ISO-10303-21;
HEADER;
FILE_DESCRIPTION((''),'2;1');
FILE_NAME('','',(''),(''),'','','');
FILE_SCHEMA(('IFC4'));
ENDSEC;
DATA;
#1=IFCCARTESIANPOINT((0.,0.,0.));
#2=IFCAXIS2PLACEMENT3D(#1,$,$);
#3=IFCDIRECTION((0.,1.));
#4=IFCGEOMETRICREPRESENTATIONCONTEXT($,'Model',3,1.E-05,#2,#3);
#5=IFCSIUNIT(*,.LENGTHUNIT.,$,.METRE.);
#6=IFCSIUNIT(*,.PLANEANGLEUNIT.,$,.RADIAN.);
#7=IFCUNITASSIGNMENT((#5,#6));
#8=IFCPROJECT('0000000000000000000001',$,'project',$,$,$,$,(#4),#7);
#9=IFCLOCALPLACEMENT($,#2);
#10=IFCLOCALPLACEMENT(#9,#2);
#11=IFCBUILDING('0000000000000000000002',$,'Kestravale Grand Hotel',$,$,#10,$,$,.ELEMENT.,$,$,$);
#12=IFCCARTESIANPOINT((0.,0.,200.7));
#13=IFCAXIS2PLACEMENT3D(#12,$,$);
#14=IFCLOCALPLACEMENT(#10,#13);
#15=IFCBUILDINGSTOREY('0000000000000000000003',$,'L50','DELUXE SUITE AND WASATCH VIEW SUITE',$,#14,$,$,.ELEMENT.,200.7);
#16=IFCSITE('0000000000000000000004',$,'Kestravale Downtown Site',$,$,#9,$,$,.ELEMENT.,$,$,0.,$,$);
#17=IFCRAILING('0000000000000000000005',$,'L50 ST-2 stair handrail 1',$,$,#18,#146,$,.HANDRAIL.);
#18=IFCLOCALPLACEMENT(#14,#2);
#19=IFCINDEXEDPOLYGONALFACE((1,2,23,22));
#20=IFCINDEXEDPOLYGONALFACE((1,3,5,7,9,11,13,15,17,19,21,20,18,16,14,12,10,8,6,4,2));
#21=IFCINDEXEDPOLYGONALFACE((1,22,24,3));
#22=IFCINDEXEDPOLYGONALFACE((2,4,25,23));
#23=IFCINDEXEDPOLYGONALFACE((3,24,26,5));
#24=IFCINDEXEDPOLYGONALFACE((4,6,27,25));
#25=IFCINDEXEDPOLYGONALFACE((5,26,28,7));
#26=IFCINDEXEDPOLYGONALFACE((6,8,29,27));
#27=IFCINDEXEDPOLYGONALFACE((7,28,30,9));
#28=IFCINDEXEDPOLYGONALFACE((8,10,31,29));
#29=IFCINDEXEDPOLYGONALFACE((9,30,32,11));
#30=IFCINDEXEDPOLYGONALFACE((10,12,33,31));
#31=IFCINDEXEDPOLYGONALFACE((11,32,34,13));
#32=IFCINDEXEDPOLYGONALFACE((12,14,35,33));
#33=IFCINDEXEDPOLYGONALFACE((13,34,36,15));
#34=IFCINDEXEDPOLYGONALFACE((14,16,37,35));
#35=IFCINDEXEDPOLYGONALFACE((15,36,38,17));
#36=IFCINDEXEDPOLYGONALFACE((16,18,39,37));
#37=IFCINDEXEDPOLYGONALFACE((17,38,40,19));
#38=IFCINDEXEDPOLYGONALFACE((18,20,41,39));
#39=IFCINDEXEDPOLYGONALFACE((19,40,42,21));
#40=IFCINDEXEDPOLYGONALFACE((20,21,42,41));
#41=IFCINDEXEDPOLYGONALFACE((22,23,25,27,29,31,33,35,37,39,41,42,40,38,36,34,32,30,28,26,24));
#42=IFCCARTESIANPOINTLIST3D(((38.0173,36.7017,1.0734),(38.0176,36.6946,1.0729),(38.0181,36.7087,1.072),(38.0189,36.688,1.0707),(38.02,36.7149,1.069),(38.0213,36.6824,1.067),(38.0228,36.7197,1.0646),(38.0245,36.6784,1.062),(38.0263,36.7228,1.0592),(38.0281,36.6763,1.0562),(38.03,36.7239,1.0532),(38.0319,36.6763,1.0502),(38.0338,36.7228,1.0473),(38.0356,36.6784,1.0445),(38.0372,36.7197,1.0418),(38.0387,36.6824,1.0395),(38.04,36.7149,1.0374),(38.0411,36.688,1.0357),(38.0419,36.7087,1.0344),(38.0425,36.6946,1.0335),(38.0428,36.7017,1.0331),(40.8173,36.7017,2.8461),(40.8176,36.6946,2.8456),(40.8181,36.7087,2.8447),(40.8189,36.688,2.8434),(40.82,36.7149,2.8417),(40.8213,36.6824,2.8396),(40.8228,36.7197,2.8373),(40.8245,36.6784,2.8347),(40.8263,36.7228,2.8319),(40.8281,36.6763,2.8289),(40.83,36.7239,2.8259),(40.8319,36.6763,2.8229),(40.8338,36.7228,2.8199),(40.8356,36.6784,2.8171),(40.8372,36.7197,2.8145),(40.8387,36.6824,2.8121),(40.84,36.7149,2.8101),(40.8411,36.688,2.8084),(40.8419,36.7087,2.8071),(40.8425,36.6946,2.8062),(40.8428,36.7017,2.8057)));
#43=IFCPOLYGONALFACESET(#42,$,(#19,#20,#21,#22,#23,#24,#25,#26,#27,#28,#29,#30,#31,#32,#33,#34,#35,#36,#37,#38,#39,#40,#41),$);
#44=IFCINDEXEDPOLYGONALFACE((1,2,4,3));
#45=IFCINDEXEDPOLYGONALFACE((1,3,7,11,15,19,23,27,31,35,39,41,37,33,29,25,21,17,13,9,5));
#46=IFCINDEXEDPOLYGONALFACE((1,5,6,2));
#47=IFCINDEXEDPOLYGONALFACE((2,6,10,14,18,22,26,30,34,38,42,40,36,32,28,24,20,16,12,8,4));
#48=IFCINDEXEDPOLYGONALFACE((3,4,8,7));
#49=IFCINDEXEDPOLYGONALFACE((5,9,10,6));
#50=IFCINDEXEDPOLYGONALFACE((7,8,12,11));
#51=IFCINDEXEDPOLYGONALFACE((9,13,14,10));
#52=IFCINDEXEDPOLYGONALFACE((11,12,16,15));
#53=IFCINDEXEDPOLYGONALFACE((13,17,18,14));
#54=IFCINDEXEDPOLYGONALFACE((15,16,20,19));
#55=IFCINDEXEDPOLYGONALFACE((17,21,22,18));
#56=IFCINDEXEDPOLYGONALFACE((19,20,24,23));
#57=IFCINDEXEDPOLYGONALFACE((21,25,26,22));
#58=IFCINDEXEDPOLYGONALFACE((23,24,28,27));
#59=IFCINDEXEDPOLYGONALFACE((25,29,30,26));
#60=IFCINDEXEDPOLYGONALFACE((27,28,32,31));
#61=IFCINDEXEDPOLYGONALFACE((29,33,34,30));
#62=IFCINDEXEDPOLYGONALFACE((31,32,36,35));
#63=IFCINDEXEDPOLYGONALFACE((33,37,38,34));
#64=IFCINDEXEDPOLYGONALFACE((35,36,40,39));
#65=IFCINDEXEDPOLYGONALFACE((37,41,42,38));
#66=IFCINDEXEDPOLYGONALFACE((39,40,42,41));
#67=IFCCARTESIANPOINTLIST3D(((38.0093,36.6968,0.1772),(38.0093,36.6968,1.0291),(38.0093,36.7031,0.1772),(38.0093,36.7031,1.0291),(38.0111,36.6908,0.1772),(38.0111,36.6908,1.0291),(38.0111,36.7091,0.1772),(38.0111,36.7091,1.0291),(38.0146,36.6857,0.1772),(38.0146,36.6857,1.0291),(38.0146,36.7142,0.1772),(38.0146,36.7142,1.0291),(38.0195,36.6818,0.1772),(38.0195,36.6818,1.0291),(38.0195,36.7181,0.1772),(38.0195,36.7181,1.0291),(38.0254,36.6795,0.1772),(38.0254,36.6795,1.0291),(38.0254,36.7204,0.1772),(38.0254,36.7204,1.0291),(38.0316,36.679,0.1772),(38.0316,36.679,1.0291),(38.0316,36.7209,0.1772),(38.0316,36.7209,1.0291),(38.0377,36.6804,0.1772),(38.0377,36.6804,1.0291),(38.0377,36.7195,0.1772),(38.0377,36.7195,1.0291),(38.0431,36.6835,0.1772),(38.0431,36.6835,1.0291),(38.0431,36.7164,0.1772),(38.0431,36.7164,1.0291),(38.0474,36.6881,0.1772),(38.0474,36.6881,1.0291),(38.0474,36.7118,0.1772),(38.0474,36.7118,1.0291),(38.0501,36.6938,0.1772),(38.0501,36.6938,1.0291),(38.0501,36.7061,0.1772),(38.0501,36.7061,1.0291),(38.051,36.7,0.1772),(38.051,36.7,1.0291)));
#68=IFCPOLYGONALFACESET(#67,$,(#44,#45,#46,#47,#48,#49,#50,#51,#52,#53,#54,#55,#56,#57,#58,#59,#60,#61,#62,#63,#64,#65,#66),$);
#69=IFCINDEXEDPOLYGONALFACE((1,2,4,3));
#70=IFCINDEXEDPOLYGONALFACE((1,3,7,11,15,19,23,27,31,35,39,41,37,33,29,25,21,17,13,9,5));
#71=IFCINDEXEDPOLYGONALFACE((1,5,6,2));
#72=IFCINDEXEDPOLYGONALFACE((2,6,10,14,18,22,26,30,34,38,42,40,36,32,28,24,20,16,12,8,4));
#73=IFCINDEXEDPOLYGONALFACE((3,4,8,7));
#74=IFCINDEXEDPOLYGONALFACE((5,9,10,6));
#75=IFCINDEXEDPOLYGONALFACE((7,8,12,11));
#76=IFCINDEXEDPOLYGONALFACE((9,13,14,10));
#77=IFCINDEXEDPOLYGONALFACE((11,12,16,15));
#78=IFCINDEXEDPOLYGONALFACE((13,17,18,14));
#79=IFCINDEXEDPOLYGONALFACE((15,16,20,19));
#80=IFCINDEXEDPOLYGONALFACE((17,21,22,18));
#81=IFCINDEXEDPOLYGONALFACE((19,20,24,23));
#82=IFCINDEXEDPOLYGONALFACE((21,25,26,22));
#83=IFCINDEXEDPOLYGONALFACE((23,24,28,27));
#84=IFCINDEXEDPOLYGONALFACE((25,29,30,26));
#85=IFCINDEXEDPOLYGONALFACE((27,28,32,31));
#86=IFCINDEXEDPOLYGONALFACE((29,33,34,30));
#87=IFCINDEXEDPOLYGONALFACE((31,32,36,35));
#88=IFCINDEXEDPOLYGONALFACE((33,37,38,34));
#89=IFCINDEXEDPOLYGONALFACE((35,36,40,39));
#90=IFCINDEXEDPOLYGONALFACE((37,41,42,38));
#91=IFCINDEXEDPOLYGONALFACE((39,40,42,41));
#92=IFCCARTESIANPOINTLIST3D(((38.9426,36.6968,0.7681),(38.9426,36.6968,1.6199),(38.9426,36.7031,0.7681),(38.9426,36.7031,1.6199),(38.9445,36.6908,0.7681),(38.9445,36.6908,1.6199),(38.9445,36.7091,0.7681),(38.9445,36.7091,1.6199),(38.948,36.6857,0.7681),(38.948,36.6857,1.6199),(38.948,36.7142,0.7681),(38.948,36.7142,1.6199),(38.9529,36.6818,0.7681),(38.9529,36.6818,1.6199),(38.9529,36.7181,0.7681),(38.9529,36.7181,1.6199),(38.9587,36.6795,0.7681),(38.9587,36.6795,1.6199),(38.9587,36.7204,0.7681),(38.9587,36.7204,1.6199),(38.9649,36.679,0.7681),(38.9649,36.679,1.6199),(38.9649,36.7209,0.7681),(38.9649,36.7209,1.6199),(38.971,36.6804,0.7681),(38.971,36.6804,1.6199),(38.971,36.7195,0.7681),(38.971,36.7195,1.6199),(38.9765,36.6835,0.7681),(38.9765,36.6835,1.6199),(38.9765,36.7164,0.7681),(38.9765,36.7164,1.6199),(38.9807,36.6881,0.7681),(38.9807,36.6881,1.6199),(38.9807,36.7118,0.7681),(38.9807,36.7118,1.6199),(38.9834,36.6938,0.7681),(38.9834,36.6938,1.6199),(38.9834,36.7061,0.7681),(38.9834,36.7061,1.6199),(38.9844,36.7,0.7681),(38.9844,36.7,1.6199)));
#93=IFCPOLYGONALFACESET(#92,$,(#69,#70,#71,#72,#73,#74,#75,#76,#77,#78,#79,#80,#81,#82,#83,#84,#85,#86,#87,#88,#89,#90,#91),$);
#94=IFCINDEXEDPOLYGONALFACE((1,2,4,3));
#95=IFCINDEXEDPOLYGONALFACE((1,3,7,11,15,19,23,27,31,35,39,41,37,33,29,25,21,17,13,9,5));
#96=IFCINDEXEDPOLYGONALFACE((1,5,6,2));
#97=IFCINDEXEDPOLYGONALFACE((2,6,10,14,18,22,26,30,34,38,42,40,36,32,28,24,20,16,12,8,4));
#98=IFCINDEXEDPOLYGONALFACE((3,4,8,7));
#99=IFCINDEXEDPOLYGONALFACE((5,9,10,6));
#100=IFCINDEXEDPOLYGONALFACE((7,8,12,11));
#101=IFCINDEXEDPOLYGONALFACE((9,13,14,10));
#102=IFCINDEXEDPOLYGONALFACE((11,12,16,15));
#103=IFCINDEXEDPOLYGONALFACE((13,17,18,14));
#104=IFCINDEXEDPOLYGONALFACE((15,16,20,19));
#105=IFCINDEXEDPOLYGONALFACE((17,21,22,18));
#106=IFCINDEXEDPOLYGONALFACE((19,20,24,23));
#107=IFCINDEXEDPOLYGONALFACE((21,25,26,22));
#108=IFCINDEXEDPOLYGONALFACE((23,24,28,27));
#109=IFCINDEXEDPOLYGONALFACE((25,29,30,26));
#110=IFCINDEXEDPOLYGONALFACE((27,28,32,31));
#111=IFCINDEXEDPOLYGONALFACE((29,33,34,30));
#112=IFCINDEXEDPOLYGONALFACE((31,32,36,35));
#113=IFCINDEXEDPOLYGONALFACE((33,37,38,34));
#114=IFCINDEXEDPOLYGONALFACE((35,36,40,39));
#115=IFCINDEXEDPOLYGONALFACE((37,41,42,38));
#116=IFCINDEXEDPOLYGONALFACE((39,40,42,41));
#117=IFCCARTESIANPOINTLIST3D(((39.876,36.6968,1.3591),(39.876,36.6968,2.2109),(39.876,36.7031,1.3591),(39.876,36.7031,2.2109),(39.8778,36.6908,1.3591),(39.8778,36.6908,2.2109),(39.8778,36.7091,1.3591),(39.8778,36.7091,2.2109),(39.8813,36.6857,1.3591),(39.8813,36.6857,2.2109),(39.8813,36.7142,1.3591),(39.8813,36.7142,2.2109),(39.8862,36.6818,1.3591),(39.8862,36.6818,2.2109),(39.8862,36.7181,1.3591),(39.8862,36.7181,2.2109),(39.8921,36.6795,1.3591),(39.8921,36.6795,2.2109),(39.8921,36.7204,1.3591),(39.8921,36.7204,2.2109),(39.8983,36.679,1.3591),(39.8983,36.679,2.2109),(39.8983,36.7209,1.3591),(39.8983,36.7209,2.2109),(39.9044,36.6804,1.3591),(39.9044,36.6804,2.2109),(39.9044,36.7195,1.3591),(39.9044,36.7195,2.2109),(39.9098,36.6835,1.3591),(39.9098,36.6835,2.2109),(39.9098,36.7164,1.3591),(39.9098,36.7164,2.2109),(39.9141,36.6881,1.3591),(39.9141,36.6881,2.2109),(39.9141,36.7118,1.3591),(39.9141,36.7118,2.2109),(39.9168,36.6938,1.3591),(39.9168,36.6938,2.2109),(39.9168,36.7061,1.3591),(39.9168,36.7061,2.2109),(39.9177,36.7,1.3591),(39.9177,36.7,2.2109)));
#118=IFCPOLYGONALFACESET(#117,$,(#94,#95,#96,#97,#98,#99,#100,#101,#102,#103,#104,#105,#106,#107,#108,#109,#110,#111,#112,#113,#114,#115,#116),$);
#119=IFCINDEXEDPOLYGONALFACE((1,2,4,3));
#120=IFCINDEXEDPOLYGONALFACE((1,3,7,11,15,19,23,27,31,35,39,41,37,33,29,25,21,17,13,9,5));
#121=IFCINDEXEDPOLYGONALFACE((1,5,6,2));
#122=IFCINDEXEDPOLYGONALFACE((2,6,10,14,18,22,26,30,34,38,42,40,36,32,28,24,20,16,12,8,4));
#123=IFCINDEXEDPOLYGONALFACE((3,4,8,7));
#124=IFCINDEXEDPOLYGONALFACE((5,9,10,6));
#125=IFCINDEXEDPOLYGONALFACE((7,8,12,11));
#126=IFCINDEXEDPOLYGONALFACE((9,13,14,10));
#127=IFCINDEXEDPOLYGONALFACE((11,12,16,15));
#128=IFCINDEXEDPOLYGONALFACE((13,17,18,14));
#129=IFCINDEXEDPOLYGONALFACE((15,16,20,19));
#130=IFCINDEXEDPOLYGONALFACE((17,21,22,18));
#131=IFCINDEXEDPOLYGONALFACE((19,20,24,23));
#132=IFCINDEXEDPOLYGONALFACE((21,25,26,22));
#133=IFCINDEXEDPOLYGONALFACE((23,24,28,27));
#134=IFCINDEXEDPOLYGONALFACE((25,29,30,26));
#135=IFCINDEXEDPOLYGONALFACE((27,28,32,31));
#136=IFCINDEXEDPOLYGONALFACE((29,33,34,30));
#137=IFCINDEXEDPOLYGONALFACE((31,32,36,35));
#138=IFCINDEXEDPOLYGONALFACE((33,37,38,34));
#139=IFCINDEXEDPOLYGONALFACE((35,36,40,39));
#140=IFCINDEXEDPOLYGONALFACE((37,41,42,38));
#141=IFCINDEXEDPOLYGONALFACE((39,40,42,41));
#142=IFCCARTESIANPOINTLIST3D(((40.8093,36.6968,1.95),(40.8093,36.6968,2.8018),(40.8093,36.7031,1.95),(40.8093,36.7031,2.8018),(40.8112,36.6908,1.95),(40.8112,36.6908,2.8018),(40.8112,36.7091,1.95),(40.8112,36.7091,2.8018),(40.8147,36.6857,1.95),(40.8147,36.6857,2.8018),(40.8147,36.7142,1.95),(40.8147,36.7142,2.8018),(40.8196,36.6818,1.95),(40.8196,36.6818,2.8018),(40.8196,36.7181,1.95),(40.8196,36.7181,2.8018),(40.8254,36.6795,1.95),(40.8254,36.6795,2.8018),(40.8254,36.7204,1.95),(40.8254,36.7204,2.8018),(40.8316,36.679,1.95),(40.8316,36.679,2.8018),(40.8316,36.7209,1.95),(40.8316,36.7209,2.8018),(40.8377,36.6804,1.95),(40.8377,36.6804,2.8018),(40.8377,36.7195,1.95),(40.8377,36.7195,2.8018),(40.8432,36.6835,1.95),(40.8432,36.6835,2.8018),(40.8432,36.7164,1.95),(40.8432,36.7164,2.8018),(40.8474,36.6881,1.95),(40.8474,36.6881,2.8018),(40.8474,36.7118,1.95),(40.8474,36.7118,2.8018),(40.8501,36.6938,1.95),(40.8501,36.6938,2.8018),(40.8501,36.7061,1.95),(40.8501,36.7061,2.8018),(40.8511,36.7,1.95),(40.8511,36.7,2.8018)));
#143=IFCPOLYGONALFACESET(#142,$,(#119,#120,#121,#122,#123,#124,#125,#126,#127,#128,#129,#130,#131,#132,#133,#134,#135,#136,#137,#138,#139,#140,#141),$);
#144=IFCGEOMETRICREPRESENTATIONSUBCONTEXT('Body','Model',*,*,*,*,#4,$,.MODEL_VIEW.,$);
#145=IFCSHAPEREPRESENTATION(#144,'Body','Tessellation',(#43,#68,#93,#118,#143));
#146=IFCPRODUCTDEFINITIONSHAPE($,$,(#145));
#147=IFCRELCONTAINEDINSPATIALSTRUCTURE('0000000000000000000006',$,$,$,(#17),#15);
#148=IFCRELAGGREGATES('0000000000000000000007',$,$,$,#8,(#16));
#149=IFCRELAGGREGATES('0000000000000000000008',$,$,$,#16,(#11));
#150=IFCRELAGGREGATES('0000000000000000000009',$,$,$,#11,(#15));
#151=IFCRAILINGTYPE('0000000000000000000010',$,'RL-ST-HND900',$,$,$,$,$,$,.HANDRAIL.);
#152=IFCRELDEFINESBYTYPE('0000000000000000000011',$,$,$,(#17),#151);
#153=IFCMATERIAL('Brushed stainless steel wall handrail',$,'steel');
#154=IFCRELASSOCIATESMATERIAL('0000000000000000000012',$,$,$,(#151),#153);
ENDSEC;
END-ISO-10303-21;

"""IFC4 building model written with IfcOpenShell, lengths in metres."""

from ifc_helpers import new_model, si_unit, direction, frame, origin, origin_2d, place, context, subcontext, project, spatial, circle, extrude, material, type_object, element, save


model = new_model("IFC4")

# Units and contexts
model_context = context("Model", 3, precision=1e-05, world=origin(), true_north=direction((0.0, 1.0)))
body_context = subcontext(model_context, "Body", "Model", "MODEL_VIEW")
ifc_project = project(units=[si_unit("LENGTHUNIT", "METRE"), si_unit("PLANEANGLEUNIT", "RADIAN")], contexts=[model_context])

# Site, building, storey
site_placement = place(None, origin())
site = spatial("IfcSite", under=ifc_project, at=site_placement, Name="Kestravale Downtown Site", CompositionType="ELEMENT", RefElevation=0.0)
building_placement = place(site_placement, origin())
building = spatial("IfcBuilding", under=site, at=building_placement, Name="Kestravale Grand Hotel", CompositionType="ELEMENT")
storey_placement = place(building_placement, frame((0.0, 0.0, 200.7)))
storey = spatial("IfcBuildingStorey", under=building, at=storey_placement, Name="L50", Description="DELUXE SUITE AND WASATCH VIEW SUITE", CompositionType="ELEMENT", Elevation=200.7)

# Railing
ifc_material_1 = material(Name="Brushed stainless steel wall handrail", Category="steel")
railing_type_1 = type_object("IfcRailingType", Name="RL-ST-HND900", PredefinedType="HANDRAIL", material=ifc_material_1)
railing_1_placement = place(storey_placement, frame((38.03, 36.7, 0.1772)))
element("IfcRailing", 1, at=railing_1_placement, inside=storey, type_object=railing_type_1, Name="L50 ST-2 stair handrail 1", PredefinedType="HANDRAIL", context=body_context, shape_type="SweptSolid", body=[
    extrude(circle(Radius=0.0239, at=origin_2d()), frame((0.0, 0.0, 0.876), z_axis=(0.844909, 0.0, 0.53491), x_axis=(0.0, 1.0, 0.0)), (0.0, 0.0, 1.0), 3.314),
    extrude(circle(Radius=0.021, at=origin_2d()), origin(), (0.0, 0.0, 1.0), 0.8518),
    extrude(circle(Radius=0.021, at=origin_2d()), frame((0.9333, 0.0, 0.5908)), (0.0, 0.0, 1.0), 0.8518),
    extrude(circle(Radius=0.021, at=origin_2d()), frame((1.8667, 0.0, 1.1819)), (0.0, 0.0, 1.0), 0.8518),
    extrude(circle(Radius=0.021, at=origin_2d()), frame((2.8, 0.0, 1.7727)), (0.0, 0.0, 1.0), 0.8518),
])

save(model, "model.ifc")
